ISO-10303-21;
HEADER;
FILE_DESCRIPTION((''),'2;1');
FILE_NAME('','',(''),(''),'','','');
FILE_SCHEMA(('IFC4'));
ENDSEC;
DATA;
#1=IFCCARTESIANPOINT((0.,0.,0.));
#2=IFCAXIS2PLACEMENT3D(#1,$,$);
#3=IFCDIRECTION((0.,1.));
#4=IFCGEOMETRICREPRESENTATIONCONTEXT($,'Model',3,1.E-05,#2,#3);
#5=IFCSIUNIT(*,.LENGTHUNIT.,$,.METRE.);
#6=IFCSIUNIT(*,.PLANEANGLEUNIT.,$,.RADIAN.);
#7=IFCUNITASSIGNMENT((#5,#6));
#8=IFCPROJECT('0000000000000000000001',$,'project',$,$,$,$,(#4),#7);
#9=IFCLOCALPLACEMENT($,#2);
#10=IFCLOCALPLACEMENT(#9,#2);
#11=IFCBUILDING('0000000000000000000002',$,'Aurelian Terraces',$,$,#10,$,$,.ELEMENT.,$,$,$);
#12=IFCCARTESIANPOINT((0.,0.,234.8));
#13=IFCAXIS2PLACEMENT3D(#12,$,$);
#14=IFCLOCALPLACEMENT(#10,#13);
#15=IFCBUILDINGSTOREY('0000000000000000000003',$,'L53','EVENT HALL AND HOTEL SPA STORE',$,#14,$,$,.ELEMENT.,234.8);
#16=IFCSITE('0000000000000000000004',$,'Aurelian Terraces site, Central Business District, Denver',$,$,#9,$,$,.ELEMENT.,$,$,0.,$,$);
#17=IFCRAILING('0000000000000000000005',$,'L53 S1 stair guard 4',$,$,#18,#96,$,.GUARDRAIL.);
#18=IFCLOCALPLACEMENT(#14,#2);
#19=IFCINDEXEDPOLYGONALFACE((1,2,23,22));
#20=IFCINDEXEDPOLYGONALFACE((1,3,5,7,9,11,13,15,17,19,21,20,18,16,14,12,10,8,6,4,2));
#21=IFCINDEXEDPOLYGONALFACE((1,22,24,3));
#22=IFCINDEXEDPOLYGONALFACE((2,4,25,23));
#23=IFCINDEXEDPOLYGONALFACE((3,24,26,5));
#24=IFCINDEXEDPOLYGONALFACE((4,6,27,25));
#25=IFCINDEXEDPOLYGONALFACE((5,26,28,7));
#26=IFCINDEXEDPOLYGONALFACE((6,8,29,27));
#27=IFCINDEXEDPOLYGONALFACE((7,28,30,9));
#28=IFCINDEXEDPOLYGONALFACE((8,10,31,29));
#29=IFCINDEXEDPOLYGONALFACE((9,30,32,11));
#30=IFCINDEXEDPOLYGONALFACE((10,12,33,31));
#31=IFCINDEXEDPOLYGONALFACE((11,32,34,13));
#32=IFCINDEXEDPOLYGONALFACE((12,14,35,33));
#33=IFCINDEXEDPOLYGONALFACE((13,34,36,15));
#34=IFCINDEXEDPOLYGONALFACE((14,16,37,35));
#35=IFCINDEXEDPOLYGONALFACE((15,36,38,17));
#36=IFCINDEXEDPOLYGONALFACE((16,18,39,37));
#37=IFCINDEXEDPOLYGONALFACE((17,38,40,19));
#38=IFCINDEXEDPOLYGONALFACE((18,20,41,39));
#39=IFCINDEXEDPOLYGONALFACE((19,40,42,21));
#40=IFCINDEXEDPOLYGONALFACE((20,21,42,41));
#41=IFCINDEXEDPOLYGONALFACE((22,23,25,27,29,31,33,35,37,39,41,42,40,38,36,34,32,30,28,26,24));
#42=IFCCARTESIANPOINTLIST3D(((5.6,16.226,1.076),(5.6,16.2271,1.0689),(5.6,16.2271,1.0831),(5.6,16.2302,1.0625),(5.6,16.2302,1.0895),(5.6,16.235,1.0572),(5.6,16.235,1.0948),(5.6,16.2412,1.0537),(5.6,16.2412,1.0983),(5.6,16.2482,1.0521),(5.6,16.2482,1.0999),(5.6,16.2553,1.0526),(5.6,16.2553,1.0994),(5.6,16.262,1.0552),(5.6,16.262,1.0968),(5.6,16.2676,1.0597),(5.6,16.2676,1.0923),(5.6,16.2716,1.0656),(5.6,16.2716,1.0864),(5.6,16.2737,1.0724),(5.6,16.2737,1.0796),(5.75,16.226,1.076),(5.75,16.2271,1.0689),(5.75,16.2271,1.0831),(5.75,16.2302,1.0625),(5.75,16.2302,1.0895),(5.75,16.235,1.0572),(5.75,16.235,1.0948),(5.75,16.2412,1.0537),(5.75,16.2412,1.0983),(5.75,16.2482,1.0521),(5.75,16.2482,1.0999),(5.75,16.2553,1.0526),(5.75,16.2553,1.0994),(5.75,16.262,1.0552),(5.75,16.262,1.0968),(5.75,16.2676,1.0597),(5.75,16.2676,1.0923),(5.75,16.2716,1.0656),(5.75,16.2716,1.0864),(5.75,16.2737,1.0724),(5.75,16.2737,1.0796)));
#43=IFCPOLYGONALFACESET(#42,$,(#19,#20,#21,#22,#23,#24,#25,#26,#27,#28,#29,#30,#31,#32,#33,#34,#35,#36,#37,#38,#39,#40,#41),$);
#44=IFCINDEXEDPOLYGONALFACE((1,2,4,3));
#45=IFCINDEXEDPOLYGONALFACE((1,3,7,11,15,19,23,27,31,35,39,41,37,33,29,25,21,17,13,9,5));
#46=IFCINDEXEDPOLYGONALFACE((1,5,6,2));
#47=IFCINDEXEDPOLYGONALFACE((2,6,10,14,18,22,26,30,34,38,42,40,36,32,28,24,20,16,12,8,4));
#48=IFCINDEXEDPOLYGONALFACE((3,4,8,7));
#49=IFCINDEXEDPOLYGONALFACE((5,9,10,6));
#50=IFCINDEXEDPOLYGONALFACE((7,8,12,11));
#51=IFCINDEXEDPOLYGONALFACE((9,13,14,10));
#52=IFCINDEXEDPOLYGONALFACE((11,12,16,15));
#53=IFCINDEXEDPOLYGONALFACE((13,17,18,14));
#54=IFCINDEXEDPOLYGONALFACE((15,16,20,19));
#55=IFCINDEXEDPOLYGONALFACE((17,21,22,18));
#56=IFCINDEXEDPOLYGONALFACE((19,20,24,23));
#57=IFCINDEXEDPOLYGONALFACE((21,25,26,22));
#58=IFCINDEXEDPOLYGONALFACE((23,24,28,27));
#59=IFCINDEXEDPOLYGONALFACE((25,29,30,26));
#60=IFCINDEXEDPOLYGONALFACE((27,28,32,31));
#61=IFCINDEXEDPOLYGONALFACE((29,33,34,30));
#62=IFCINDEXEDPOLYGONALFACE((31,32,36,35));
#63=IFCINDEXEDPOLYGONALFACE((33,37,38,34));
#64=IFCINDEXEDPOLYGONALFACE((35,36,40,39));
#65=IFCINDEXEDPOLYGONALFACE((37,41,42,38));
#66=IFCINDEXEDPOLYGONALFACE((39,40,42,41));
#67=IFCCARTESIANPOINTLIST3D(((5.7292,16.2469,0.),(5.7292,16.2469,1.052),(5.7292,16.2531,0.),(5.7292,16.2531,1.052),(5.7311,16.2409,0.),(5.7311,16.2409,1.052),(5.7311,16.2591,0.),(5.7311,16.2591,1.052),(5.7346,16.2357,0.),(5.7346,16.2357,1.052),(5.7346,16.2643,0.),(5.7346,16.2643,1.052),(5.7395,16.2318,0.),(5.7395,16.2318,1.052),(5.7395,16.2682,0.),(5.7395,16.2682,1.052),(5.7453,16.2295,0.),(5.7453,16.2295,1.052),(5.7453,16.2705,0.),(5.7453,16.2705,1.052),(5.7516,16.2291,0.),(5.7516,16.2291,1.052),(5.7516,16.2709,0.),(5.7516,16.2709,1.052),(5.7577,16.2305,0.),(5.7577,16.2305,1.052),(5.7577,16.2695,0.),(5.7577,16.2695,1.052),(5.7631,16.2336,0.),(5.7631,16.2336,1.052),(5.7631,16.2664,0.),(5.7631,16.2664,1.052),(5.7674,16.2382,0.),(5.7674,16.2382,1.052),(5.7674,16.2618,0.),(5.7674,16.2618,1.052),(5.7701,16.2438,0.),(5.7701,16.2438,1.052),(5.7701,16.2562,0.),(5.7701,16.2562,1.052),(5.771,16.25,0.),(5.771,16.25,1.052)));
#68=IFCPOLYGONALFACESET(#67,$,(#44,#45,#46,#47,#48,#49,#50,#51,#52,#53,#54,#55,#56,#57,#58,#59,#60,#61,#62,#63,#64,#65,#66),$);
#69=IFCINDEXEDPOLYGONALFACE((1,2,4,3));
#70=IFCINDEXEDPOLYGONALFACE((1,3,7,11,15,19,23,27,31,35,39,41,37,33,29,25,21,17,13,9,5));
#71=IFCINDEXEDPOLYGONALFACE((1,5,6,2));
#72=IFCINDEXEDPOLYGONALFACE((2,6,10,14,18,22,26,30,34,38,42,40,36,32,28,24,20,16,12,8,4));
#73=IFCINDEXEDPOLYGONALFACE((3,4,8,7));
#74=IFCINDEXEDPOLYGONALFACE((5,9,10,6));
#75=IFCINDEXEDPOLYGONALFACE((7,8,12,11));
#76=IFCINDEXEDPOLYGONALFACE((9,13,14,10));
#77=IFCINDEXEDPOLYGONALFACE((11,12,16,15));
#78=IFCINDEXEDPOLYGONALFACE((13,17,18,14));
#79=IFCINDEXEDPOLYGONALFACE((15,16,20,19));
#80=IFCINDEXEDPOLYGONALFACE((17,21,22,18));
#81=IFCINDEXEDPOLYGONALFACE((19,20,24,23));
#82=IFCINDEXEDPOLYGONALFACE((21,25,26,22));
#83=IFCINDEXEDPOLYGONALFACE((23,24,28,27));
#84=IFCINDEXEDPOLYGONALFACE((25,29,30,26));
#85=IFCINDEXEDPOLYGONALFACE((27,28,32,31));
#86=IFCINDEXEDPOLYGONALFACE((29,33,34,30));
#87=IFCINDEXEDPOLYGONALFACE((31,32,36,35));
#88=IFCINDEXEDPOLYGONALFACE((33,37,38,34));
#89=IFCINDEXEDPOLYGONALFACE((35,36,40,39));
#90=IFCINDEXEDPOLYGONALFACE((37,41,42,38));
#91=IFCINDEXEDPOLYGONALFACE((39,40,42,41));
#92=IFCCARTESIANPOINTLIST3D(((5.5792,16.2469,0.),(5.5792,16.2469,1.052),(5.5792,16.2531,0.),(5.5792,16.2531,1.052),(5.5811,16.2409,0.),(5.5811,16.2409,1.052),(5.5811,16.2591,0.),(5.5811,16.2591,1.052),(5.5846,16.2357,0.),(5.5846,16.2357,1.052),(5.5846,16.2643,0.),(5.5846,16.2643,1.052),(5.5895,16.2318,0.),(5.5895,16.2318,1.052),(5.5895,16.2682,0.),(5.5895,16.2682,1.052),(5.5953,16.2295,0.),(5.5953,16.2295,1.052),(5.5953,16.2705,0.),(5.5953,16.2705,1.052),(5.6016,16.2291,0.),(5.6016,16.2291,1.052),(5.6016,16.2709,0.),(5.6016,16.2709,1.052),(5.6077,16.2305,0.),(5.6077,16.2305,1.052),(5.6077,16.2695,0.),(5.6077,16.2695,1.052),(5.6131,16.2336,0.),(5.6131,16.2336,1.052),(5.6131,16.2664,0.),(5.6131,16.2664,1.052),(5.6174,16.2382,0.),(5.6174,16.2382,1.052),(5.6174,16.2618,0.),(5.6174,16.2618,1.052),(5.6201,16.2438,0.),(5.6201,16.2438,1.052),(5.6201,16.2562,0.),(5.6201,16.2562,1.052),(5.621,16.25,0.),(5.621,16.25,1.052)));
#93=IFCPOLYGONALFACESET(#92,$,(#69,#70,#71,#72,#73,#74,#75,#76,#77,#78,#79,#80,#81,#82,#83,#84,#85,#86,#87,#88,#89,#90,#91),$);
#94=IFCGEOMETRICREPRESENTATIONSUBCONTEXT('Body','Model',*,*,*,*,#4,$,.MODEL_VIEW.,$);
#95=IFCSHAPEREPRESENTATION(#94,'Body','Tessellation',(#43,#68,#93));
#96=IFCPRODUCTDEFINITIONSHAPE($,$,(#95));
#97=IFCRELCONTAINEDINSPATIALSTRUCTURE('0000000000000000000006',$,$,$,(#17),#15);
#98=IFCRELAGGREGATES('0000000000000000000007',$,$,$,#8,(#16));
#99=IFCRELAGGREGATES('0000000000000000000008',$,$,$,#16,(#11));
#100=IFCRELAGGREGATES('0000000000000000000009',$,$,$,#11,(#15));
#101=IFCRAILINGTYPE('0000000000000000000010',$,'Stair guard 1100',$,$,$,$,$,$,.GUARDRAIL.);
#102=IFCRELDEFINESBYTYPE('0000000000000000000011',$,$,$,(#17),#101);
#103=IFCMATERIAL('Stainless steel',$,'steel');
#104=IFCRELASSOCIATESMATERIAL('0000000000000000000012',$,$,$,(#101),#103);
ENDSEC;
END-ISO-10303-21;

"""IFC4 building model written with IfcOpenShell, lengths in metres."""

from ifc_helpers import new_model, si_unit, direction, frame, origin, origin_2d, place, context, subcontext, project, spatial, circle, extrude, source, transform, mapped, material, type_object, element, save


model = new_model("IFC4")

# Units and contexts
model_context = context("Model", 3, precision=1e-05, world=origin(), true_north=direction((0.0, 1.0)))
body_context = subcontext(model_context, "Body", "Model", "MODEL_VIEW")
ifc_project = project(units=[si_unit("LENGTHUNIT", "METRE"), si_unit("PLANEANGLEUNIT", "RADIAN")], contexts=[model_context])

# Site, building, storey
site_placement = place(None, origin())
site = spatial("IfcSite", under=ifc_project, at=site_placement, Name="Aurelian Terraces site, Central Business District, Denver", CompositionType="ELEMENT", RefElevation=0.0)
building_placement = place(site_placement, origin())
building = spatial("IfcBuilding", under=site, at=building_placement, Name="Aurelian Terraces", CompositionType="ELEMENT")
storey_placement = place(building_placement, frame((0.0, 0.0, 234.8)))
storey = spatial("IfcBuildingStorey", under=building, at=storey_placement, Name="L53", Description="EVENT HALL AND HOTEL SPA STORE", CompositionType="ELEMENT", Elevation=234.8)

# Shared definitions
ifc_material_1 = material(Name="Stainless steel", Category="steel")

# Railing
railing_type_1 = type_object("IfcRailingType", Name="Stair guard 1100", PredefinedType="GUARDRAIL", material=ifc_material_1)
shared_shape_1 = source(origin(), body_context, "Body", "SweptSolid", [
    extrude(circle(Radius=0.024, at=origin_2d()), frame((0.0, 0.0, 1.076), z_axis=(-1.0, 0.0, 0.0), x_axis=(0.0, -1.0, 0.0)), (0.0, 0.0, 1.0), 0.15),
    extrude(circle(Radius=0.021, at=origin_2d()), origin(), (0.0, 0.0, 1.0), 1.052),
    extrude(circle(Radius=0.021, at=origin_2d()), frame((-0.15, 0.0, 0.0)), (0.0, 0.0, 1.0), 1.052),
])
railing_1_placement = place(storey_placement, frame((5.75, 16.25, 0.0)))
element("IfcRailing", 1, at=railing_1_placement, inside=storey, type_object=railing_type_1, Name="L53 S1 stair guard 4", PredefinedType="GUARDRAIL", context=body_context, shape_type="MappedRepresentation", body=[
    mapped(shared_shape_1, transform((0.0, 0.0, 0.0), scale=1.0)),
])

save(model, "model.ifc")
